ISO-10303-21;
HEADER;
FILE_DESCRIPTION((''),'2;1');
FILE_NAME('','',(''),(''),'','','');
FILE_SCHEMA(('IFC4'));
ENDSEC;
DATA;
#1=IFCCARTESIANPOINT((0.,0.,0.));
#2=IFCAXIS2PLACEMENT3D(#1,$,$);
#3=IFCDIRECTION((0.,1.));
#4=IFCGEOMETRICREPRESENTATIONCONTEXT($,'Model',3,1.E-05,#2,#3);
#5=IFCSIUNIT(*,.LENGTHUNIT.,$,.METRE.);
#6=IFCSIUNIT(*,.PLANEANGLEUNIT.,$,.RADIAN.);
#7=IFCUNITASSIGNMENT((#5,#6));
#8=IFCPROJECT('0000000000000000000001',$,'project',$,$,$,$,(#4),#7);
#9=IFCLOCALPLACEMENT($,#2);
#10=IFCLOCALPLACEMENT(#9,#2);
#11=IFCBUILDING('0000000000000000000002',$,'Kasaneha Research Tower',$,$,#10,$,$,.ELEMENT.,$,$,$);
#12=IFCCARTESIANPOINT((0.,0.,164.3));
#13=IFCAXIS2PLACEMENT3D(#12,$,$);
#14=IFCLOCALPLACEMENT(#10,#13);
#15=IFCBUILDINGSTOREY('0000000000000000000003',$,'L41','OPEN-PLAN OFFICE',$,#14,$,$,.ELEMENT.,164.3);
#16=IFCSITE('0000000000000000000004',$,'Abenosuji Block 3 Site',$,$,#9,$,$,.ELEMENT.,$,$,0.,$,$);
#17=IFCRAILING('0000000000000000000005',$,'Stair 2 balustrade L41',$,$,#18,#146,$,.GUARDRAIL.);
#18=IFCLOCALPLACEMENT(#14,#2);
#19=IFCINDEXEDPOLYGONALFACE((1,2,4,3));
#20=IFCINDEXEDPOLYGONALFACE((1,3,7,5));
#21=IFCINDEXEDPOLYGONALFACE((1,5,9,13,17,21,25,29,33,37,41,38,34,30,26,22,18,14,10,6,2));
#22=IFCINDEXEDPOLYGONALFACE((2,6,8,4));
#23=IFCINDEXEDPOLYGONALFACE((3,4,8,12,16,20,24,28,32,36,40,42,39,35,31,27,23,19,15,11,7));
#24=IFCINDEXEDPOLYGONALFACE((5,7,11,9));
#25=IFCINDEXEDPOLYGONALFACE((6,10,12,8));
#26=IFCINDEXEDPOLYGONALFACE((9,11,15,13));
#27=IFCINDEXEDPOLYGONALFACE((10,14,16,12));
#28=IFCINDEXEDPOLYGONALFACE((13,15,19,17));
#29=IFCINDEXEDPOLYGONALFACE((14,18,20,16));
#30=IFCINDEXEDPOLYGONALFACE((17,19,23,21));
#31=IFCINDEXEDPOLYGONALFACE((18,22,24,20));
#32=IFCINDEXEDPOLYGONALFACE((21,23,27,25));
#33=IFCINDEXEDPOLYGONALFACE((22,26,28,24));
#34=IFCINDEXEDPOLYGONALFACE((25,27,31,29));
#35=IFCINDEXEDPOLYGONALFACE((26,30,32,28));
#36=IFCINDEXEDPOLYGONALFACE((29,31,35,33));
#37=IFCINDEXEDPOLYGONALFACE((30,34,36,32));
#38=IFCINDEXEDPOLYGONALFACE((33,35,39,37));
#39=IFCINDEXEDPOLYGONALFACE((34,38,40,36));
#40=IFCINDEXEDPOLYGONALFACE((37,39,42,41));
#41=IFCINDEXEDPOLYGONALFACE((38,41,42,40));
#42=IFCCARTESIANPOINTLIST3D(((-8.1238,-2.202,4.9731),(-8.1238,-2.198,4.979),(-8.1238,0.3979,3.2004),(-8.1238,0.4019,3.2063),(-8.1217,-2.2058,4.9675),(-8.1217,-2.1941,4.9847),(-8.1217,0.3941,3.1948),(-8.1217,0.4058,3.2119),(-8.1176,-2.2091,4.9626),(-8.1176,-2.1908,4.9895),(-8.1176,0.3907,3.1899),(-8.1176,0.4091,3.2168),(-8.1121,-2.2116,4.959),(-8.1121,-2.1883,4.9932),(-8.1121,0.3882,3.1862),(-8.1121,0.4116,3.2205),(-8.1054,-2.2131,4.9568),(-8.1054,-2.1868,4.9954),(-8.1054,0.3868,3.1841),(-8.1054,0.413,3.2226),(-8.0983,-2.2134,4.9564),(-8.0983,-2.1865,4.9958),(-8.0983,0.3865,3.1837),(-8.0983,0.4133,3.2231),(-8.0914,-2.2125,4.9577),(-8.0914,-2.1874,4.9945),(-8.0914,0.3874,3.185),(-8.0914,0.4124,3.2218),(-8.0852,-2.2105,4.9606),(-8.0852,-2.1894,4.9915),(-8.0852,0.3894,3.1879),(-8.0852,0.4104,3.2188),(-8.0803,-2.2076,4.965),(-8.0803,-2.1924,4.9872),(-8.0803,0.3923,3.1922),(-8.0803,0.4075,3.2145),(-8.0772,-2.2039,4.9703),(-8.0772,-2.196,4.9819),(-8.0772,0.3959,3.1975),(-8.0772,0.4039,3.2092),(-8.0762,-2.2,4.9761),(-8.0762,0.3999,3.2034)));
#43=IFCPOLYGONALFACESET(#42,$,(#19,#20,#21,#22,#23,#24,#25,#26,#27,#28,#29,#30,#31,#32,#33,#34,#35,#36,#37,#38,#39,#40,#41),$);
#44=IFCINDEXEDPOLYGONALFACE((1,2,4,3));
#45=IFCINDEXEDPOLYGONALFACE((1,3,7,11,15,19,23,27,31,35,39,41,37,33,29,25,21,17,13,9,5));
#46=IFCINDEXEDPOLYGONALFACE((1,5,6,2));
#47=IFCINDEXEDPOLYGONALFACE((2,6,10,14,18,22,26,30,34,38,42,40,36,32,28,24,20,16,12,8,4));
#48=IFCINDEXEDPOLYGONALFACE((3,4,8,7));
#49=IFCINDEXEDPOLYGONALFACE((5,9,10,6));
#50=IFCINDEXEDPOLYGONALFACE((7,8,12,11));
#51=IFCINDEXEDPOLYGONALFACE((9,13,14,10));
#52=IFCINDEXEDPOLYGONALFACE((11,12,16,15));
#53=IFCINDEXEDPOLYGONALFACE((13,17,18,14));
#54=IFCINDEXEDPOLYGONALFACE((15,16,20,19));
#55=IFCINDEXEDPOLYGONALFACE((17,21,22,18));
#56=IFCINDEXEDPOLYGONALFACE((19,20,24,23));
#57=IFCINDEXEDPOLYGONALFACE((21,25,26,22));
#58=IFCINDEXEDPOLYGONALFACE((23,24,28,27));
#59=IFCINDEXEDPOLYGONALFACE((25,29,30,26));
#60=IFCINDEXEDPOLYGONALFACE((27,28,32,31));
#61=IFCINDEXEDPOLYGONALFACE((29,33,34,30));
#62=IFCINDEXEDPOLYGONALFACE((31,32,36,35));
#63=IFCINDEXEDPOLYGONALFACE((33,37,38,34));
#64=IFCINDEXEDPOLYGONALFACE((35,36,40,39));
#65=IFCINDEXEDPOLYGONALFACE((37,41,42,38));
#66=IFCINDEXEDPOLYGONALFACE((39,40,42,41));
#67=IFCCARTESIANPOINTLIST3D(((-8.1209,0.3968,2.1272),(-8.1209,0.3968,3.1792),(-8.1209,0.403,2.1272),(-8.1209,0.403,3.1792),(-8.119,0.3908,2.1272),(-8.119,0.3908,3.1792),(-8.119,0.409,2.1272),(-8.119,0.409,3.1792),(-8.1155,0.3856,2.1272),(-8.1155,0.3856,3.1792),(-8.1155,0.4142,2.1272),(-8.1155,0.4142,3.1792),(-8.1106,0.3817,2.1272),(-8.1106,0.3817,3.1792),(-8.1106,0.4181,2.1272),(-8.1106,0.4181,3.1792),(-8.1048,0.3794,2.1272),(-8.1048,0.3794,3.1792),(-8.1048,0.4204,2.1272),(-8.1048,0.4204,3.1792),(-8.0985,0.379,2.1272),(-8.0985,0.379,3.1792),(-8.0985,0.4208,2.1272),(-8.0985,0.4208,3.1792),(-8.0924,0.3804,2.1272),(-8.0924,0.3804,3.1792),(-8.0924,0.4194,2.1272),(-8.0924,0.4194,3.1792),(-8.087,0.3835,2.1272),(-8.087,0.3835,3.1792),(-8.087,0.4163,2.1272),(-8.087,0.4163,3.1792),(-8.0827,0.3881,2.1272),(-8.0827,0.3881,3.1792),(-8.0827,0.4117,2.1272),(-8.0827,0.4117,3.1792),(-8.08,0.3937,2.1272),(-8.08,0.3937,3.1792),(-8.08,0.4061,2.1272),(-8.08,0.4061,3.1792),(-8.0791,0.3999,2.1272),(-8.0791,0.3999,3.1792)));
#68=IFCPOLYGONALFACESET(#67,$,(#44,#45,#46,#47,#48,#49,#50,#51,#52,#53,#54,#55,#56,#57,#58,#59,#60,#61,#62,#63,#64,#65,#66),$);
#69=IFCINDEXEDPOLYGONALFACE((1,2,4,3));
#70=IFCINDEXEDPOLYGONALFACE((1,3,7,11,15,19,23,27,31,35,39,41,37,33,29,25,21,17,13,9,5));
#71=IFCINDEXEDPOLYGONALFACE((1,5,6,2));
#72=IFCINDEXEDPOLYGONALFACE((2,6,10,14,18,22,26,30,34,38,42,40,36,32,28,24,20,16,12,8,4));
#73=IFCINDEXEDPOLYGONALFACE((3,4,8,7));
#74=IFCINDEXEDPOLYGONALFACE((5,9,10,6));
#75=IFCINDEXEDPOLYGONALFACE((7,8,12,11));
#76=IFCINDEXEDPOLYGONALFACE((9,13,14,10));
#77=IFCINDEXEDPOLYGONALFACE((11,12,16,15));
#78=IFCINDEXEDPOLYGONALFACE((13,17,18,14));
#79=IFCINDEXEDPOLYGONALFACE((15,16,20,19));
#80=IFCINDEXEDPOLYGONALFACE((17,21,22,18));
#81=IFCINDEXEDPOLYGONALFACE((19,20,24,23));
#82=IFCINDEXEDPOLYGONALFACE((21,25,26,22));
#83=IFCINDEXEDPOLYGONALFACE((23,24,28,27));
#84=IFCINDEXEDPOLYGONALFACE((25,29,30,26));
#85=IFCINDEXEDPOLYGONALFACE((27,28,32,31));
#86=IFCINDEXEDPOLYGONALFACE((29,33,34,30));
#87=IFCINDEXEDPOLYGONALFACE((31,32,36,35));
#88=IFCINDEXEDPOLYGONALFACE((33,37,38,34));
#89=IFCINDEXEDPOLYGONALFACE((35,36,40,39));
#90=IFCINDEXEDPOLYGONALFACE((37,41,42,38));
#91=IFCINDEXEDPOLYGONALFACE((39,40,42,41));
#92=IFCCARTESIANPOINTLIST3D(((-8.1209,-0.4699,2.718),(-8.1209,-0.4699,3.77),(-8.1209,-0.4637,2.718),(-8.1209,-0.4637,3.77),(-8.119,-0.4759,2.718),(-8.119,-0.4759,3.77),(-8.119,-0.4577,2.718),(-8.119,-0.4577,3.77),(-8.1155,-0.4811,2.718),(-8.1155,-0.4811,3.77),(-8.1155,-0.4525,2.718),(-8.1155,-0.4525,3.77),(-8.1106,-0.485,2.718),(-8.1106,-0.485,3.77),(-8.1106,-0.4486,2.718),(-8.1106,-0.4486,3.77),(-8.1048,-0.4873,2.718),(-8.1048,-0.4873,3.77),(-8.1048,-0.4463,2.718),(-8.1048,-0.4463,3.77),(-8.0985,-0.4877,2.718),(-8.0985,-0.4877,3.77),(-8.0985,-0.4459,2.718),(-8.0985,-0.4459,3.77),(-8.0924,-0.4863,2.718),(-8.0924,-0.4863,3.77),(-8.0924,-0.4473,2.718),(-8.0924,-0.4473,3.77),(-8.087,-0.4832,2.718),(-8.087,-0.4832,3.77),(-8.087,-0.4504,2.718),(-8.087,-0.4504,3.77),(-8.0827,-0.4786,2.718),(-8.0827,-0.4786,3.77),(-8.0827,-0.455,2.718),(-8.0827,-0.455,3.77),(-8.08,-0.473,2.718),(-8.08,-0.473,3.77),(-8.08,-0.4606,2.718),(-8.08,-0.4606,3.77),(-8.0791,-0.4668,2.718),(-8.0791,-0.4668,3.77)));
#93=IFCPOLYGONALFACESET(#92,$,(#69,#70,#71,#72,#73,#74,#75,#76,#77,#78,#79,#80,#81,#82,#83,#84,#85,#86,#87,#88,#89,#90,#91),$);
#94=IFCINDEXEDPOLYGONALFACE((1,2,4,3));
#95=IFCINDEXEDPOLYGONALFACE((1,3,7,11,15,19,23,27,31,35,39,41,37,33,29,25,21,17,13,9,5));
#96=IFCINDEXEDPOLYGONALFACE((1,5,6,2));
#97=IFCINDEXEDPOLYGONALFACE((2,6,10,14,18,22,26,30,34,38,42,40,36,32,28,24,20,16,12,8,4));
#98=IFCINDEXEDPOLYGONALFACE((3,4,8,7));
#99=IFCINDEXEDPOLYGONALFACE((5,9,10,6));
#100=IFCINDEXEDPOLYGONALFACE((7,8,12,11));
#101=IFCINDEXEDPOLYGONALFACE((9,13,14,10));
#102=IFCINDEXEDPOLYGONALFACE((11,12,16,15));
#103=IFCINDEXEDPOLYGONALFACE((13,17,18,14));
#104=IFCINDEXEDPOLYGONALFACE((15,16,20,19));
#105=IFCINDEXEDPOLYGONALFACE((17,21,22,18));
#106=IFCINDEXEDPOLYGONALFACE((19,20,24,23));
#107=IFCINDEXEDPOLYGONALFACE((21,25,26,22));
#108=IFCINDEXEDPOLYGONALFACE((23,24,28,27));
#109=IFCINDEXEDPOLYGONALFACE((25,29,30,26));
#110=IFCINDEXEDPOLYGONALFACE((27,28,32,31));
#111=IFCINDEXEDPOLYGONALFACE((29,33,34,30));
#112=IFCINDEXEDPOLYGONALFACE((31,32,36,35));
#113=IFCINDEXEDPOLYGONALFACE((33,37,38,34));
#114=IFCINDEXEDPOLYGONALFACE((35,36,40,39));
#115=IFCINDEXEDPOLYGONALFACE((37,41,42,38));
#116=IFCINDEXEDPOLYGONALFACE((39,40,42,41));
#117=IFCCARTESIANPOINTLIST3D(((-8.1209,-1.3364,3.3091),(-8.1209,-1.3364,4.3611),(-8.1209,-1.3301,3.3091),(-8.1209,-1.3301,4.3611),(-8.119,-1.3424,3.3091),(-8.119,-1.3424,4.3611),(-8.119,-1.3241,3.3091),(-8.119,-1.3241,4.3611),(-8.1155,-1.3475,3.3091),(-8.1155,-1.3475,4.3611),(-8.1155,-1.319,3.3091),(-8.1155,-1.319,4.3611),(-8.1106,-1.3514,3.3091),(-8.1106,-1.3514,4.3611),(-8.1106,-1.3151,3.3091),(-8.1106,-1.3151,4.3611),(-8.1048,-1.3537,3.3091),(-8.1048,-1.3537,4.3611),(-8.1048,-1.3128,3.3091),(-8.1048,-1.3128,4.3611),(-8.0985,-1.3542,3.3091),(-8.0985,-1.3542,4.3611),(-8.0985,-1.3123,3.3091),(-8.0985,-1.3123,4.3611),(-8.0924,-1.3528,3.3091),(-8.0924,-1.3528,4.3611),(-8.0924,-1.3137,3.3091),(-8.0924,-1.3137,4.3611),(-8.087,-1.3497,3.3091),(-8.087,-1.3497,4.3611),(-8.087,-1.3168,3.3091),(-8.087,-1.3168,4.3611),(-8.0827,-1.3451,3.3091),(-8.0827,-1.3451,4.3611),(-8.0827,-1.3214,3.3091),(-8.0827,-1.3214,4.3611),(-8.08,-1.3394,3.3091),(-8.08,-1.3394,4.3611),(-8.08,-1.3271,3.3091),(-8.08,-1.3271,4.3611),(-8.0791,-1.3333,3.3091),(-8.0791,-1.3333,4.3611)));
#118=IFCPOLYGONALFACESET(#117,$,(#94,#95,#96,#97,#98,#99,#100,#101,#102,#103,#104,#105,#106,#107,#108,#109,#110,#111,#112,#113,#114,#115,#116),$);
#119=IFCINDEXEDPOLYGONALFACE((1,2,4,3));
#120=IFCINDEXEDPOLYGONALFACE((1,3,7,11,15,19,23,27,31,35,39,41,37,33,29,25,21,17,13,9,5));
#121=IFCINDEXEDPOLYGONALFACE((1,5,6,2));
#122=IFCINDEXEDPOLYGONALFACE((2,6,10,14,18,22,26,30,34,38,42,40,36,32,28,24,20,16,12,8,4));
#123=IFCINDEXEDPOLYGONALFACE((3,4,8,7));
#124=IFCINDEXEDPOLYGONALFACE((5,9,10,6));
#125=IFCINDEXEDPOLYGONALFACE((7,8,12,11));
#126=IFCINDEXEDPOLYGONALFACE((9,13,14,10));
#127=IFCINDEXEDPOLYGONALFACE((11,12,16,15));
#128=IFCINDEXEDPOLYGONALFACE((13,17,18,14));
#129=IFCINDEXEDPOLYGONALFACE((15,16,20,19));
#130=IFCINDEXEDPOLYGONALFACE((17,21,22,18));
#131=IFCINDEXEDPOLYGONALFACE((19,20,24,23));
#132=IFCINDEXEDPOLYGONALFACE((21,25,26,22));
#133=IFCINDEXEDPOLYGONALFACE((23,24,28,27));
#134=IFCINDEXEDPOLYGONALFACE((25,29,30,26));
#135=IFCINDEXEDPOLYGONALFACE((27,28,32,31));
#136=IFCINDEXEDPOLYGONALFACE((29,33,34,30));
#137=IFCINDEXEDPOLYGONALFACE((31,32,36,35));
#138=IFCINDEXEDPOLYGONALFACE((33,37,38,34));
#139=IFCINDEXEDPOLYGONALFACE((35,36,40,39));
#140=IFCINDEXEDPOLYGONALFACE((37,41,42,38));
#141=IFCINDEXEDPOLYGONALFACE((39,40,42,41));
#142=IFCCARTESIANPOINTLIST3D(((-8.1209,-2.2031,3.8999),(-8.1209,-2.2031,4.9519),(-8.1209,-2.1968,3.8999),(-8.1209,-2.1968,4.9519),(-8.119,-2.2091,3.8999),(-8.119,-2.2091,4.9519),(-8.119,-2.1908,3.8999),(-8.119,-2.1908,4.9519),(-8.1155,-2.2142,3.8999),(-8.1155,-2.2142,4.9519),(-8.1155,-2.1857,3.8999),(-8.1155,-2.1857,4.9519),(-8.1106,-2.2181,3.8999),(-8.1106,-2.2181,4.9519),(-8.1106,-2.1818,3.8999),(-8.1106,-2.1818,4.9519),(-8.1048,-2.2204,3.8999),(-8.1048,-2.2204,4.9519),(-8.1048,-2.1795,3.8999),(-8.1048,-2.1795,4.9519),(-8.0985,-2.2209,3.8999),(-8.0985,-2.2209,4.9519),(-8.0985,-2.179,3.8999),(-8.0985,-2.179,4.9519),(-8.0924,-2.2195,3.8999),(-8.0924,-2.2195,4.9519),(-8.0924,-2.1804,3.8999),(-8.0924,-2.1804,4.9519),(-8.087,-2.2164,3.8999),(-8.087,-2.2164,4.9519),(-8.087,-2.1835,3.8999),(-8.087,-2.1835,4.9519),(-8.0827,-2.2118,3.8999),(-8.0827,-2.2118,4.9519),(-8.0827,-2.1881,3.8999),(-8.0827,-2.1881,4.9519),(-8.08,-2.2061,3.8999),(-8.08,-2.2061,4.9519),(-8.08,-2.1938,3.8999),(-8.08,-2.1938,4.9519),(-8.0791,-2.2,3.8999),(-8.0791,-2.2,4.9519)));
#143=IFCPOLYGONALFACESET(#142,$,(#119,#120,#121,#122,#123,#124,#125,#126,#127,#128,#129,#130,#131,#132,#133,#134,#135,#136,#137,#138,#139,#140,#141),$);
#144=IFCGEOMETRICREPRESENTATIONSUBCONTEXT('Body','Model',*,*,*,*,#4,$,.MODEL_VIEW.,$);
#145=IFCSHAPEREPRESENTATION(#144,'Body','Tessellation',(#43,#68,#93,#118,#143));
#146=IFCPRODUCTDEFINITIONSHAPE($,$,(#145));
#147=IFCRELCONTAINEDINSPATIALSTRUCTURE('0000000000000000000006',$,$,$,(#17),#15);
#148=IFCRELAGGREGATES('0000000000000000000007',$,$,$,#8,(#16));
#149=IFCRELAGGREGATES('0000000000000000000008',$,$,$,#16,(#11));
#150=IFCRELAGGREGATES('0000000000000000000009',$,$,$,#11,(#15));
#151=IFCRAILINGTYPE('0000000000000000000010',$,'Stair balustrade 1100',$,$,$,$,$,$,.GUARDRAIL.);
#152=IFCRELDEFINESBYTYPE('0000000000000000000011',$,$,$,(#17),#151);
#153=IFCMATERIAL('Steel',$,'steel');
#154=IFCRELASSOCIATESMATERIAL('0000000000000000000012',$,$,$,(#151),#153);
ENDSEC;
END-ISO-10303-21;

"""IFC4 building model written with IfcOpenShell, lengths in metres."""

from ifc_helpers import new_model, si_unit, direction, frame, origin, origin_2d, place, context, subcontext, project, spatial, circle, extrude, material, type_object, element, save


model = new_model("IFC4")

# Units and contexts
model_context = context("Model", 3, precision=1e-05, world=origin(), true_north=direction((0.0, 1.0)))
body_context = subcontext(model_context, "Body", "Model", "MODEL_VIEW")
ifc_project = project(units=[si_unit("LENGTHUNIT", "METRE"), si_unit("PLANEANGLEUNIT", "RADIAN")], contexts=[model_context])

# Site, building, storey
site_placement = place(None, origin())
site = spatial("IfcSite", under=ifc_project, at=site_placement, Name="Abenosuji Block 3 Site", CompositionType="ELEMENT", RefElevation=0.0)
building_placement = place(site_placement, origin())
building = spatial("IfcBuilding", under=site, at=building_placement, Name="Kasaneha Research Tower", CompositionType="ELEMENT")
storey_placement = place(building_placement, frame((0.0, 0.0, 164.3)))
storey = spatial("IfcBuildingStorey", under=building, at=storey_placement, Name="L41", Description="OPEN-PLAN OFFICE", CompositionType="ELEMENT", Elevation=164.3)

# Railing
ifc_material_1 = material(Name="Steel", Category="steel")
railing_type_1 = type_object("IfcRailingType", Name="Stair balustrade 1100", PredefinedType="GUARDRAIL", material=ifc_material_1)
railing_1_placement = place(storey_placement, frame((-8.1001, 0.3999, 2.1272)))
element("IfcRailing", 1, at=railing_1_placement, inside=storey, type_object=railing_type_1, Name="Stair 2 balustrade L41", PredefinedType="GUARDRAIL", context=body_context, shape_type="SweptSolid", body=[
    extrude(circle(Radius=0.0239, at=origin_2d()), frame((0.0, 0.0, 1.0762), z_axis=(0.0, -0.826216, 0.563354), x_axis=(1.0, 0.0, 0.0)), (0.0, 0.0, 1.0), 3.1467),
    extrude(circle(Radius=0.021, at=origin_2d()), origin(), (0.0, 0.0, 1.0), 1.052),
    extrude(circle(Radius=0.021, at=origin_2d()), frame((0.0, -0.8667, 0.5908)), (0.0, 0.0, 1.0), 1.052),
    extrude(circle(Radius=0.021, at=origin_2d()), frame((0.0, -1.7332, 1.1819)), (0.0, 0.0, 1.0), 1.052),
    extrude(circle(Radius=0.021, at=origin_2d()), frame((0.0, -2.5999, 1.7727)), (0.0, 0.0, 1.0), 1.052),
])

save(model, "model.ifc")
